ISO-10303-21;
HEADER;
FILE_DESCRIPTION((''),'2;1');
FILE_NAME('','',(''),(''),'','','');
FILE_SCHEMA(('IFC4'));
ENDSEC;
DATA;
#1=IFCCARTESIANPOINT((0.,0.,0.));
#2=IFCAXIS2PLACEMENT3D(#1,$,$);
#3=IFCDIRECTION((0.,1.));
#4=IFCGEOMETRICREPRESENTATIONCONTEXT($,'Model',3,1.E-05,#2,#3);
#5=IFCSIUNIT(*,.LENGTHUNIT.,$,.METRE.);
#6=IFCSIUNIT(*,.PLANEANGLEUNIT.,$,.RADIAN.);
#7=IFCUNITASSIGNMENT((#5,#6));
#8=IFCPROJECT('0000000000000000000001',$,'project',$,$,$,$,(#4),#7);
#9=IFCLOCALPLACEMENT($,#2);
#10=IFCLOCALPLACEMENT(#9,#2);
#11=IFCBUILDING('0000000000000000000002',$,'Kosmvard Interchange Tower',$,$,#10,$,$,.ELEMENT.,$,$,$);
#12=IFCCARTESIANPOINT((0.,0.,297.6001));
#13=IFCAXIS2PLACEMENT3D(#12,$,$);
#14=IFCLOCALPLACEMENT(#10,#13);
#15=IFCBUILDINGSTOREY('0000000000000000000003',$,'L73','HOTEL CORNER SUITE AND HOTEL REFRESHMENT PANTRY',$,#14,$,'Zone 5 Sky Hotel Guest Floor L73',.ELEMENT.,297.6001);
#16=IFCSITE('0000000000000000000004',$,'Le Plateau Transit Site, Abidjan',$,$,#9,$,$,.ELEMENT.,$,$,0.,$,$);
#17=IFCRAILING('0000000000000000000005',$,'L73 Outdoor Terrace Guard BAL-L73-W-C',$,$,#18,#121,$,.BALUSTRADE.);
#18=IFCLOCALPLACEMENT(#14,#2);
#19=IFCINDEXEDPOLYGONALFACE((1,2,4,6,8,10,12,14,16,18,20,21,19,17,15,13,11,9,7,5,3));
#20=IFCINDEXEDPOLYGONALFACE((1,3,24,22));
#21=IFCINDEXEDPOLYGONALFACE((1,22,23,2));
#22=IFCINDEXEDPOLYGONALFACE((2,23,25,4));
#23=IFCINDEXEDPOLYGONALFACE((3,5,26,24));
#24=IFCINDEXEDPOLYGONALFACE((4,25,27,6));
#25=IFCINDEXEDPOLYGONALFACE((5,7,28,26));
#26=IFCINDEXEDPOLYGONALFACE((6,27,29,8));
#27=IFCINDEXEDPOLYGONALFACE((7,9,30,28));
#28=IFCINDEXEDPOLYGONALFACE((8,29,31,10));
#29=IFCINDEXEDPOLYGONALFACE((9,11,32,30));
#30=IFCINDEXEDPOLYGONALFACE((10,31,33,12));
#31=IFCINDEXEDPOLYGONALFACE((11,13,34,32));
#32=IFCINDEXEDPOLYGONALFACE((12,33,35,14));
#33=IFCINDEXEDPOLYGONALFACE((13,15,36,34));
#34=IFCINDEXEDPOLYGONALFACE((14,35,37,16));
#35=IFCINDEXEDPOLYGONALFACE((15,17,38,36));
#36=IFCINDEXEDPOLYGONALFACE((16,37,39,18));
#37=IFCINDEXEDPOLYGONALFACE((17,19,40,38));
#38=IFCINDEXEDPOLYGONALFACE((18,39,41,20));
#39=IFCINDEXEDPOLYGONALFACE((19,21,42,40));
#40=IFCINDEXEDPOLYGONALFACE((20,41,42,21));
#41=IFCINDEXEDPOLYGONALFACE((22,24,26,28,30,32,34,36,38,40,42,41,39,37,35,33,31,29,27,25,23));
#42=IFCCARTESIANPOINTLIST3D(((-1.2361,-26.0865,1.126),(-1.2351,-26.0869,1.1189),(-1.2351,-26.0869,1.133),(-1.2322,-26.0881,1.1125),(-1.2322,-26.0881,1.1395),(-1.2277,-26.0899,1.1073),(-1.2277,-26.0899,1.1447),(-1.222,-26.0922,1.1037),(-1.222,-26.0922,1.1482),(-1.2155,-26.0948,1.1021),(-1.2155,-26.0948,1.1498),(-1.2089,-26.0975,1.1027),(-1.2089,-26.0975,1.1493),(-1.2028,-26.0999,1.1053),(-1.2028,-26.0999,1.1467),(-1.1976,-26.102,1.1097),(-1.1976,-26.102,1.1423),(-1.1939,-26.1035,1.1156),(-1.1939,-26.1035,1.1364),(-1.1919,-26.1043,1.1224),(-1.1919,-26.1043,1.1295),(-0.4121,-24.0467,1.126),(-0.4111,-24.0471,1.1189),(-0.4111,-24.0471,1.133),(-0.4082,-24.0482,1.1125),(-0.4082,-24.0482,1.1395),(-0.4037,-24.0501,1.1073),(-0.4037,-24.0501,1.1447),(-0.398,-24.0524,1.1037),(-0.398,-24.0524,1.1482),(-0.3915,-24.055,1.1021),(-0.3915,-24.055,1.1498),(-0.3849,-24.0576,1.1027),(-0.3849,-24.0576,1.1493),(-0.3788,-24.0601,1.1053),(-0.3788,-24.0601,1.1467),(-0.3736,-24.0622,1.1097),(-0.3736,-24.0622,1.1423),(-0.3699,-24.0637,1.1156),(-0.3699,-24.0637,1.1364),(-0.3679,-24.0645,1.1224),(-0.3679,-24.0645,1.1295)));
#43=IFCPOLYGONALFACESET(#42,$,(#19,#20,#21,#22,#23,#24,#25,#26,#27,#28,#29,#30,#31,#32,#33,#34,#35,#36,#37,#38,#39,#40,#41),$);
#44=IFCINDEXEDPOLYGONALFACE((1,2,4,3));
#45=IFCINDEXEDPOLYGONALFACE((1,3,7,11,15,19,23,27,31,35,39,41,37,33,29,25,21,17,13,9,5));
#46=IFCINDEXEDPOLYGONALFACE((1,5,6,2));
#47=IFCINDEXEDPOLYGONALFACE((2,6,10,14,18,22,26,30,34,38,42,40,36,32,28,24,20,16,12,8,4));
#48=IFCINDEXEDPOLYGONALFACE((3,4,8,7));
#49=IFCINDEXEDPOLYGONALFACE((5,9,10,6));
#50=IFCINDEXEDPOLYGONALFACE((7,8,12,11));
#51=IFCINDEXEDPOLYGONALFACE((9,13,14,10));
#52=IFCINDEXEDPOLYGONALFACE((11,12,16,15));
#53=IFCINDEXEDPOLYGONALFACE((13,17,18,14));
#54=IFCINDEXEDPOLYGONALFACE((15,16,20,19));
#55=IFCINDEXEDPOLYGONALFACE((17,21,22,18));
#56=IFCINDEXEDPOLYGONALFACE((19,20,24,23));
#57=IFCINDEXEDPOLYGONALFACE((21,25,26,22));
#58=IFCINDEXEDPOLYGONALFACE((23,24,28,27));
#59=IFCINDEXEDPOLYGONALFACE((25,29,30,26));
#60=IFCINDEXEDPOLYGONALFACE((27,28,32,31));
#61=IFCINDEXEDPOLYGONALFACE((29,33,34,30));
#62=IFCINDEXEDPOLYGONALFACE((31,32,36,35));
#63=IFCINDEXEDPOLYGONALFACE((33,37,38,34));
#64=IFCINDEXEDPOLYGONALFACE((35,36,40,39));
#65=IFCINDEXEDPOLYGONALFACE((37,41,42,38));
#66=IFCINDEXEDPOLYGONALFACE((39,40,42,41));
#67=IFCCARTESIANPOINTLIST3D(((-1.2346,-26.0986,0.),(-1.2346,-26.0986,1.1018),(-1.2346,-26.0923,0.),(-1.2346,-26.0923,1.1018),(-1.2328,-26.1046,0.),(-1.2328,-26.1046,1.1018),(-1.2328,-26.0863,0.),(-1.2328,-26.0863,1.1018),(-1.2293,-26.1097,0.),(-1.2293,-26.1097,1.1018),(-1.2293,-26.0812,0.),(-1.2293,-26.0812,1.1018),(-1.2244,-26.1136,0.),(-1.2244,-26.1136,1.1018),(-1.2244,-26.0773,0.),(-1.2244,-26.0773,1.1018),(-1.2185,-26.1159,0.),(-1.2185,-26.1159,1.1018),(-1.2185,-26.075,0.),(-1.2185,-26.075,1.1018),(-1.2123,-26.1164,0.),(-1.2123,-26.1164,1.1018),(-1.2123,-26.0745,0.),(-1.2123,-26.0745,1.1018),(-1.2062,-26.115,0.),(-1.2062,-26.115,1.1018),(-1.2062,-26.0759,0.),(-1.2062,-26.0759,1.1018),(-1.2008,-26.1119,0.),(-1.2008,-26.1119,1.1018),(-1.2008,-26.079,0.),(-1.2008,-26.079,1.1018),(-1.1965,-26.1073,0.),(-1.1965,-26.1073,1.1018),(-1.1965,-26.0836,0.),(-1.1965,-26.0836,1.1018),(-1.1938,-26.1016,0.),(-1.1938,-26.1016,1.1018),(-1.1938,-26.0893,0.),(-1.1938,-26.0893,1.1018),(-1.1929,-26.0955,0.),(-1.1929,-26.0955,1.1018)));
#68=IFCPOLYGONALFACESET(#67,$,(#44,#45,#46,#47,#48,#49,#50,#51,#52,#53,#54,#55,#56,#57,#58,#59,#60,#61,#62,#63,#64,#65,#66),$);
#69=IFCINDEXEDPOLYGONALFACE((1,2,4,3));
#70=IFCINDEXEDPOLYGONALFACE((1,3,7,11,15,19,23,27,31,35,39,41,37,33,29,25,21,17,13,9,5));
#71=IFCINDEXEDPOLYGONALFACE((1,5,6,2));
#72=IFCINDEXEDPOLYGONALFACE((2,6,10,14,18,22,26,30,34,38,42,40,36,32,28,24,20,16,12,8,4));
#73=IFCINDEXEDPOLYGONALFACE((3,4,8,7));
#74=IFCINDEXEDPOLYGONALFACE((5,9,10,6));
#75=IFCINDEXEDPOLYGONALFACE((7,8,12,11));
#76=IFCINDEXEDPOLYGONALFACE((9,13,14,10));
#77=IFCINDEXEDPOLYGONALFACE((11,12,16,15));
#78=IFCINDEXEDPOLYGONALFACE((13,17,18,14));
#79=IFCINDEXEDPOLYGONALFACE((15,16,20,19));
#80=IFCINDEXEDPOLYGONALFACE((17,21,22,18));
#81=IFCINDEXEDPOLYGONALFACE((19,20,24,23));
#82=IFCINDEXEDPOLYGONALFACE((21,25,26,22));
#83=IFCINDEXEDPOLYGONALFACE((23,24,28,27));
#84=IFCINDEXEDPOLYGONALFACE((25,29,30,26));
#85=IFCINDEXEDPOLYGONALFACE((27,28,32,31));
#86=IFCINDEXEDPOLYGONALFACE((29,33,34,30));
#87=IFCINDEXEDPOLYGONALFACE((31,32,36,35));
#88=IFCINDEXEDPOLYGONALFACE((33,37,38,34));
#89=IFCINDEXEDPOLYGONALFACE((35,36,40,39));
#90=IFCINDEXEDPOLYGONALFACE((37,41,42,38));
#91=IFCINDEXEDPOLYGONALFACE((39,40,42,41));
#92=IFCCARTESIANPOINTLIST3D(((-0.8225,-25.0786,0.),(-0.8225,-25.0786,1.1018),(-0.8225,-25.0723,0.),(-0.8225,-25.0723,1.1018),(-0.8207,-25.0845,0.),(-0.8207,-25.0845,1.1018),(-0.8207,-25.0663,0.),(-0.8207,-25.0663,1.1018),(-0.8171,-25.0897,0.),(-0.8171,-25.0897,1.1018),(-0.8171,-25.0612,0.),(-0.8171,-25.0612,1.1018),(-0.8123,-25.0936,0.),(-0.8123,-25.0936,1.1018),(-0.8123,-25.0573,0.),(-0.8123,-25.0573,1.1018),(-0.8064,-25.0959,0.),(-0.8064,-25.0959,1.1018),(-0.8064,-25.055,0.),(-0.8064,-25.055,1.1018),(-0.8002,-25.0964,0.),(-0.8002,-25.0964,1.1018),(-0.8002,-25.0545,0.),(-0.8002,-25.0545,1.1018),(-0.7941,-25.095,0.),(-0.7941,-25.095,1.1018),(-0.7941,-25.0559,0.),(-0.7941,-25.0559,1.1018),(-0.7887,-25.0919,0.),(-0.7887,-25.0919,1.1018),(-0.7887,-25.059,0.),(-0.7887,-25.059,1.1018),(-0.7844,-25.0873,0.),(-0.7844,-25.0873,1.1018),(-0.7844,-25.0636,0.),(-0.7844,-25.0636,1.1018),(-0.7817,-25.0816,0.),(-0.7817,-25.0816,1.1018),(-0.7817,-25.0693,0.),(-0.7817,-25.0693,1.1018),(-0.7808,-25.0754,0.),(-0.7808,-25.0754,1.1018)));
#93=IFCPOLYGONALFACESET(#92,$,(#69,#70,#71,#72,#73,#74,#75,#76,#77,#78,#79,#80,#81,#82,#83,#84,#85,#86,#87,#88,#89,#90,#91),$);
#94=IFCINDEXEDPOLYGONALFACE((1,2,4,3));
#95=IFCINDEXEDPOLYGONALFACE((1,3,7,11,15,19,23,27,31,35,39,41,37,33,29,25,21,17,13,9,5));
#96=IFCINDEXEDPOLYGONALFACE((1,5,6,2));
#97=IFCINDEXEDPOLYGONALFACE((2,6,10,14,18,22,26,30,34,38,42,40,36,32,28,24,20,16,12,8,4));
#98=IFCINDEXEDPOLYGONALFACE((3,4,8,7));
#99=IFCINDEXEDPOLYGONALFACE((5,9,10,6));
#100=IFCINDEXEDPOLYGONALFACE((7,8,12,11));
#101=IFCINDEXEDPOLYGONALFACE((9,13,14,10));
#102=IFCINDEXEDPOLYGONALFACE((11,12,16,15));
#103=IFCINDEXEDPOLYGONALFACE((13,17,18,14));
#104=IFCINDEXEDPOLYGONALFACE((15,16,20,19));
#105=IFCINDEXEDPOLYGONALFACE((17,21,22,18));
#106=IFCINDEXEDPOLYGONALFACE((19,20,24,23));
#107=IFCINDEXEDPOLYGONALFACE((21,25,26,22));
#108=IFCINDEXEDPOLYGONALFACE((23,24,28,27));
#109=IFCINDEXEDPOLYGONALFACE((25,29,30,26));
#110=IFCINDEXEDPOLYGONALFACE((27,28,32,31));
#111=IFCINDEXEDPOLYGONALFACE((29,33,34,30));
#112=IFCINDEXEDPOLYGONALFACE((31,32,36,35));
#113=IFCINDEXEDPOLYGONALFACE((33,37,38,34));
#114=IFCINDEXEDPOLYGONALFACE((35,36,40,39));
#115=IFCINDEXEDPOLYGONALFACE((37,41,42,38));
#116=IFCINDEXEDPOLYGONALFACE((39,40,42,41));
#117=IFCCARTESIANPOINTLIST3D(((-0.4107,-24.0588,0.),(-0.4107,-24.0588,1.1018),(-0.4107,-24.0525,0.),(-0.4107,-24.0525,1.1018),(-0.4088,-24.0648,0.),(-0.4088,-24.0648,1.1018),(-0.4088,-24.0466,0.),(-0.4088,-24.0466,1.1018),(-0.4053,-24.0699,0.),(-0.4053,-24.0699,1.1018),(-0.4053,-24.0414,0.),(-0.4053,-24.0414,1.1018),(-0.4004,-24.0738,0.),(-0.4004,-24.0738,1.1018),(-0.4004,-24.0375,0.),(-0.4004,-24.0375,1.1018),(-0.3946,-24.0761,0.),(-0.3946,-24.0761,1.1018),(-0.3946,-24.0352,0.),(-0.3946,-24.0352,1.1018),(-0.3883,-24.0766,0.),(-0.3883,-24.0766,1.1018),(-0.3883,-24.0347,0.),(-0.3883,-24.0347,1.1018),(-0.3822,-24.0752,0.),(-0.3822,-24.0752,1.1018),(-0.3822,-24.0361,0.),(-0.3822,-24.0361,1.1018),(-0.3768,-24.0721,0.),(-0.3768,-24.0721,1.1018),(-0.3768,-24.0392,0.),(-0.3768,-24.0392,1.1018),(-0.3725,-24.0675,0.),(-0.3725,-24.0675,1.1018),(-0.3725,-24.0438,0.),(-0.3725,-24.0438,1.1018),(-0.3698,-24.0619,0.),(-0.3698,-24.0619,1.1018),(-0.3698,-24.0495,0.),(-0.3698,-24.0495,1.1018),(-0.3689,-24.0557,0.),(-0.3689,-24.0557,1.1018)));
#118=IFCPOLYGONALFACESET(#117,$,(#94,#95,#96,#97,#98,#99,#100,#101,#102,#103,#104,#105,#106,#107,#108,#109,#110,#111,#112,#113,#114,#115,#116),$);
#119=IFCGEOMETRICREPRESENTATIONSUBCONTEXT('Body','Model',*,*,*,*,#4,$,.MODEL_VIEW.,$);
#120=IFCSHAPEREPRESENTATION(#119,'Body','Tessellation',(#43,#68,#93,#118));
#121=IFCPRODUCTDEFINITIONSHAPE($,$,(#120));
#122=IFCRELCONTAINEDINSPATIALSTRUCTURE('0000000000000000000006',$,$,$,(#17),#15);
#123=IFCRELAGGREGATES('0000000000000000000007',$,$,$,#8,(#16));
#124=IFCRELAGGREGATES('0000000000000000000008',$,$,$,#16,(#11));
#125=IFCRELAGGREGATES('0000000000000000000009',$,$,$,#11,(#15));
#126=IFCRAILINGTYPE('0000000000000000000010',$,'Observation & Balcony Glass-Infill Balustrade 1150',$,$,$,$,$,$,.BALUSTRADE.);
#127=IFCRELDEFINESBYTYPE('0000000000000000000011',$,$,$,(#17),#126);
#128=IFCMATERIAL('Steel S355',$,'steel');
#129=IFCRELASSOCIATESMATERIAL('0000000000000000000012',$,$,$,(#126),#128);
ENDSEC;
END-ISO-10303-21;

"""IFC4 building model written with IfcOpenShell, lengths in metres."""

from ifc_helpers import new_model, si_unit, direction, frame, origin, origin_2d, place, context, subcontext, project, spatial, circle, extrude, source, transform, mapped, material, type_object, element, save


model = new_model("IFC4")

# Units and contexts
model_context = context("Model", 3, precision=1e-05, world=origin(), true_north=direction((0.0, 1.0)))
body_context = subcontext(model_context, "Body", "Model", "MODEL_VIEW")
ifc_project = project(units=[si_unit("LENGTHUNIT", "METRE"), si_unit("PLANEANGLEUNIT", "RADIAN")], contexts=[model_context])

# Site, building, storey
site_placement = place(None, origin())
site = spatial("IfcSite", under=ifc_project, at=site_placement, Name="Le Plateau Transit Site, Abidjan", CompositionType="ELEMENT", RefElevation=0.0)
building_placement = place(site_placement, origin())
building = spatial("IfcBuilding", under=site, at=building_placement, Name="Kosmvard Interchange Tower", CompositionType="ELEMENT")
storey_placement = place(building_placement, frame((0.0, 0.0, 297.6001)))
storey = spatial("IfcBuildingStorey", under=building, at=storey_placement, Name="L73", Description="HOTEL CORNER SUITE AND HOTEL REFRESHMENT PANTRY", LongName="Zone 5 Sky Hotel Guest Floor L73", CompositionType="ELEMENT", Elevation=297.6001)

# Shared definitions
ifc_material_1 = material(Name="Steel S355", Category="steel")

# Railing
railing_type = type_object("IfcRailingType", Name="Observation & Balcony Glass-Infill Balustrade 1150", PredefinedType="BALUSTRADE", material=ifc_material_1)
shared_shape_1 = source(origin(), body_context, "Body", "SweptSolid", [
    extrude(circle(Radius=0.0239, at=origin_2d()), frame((0.0, 0.0, 1.126), z_axis=(0.374546, 0.927208, 0.0), x_axis=(-0.927208, 0.374546, 0.0)), (0.0, 0.0, 1.0), 2.2),
    extrude(circle(Radius=0.021, at=origin_2d()), origin(), (0.0, 0.0, 1.0), 1.1018),
    extrude(circle(Radius=0.021, at=origin_2d()), frame((0.4121, 1.02, 0.0)), (0.0, 0.0, 1.0), 1.1018),
    extrude(circle(Radius=0.021, at=origin_2d()), frame((0.824, 2.0398, 0.0)), (0.0, 0.0, 1.0), 1.1018),
])
railing_1_placement = place(storey_placement, frame((-1.2139, -26.0955, 0.0)))
element("IfcRailing", 1, at=railing_1_placement, inside=storey, type_object=railing_type, Name="L73 Outdoor Terrace Guard BAL-L73-W-C", PredefinedType="BALUSTRADE", context=body_context, shape_type="MappedRepresentation", body=[
    mapped(shared_shape_1, transform((0.0, 0.0, 0.0), scale=1.0)),
])

save(model, "model.ifc")
